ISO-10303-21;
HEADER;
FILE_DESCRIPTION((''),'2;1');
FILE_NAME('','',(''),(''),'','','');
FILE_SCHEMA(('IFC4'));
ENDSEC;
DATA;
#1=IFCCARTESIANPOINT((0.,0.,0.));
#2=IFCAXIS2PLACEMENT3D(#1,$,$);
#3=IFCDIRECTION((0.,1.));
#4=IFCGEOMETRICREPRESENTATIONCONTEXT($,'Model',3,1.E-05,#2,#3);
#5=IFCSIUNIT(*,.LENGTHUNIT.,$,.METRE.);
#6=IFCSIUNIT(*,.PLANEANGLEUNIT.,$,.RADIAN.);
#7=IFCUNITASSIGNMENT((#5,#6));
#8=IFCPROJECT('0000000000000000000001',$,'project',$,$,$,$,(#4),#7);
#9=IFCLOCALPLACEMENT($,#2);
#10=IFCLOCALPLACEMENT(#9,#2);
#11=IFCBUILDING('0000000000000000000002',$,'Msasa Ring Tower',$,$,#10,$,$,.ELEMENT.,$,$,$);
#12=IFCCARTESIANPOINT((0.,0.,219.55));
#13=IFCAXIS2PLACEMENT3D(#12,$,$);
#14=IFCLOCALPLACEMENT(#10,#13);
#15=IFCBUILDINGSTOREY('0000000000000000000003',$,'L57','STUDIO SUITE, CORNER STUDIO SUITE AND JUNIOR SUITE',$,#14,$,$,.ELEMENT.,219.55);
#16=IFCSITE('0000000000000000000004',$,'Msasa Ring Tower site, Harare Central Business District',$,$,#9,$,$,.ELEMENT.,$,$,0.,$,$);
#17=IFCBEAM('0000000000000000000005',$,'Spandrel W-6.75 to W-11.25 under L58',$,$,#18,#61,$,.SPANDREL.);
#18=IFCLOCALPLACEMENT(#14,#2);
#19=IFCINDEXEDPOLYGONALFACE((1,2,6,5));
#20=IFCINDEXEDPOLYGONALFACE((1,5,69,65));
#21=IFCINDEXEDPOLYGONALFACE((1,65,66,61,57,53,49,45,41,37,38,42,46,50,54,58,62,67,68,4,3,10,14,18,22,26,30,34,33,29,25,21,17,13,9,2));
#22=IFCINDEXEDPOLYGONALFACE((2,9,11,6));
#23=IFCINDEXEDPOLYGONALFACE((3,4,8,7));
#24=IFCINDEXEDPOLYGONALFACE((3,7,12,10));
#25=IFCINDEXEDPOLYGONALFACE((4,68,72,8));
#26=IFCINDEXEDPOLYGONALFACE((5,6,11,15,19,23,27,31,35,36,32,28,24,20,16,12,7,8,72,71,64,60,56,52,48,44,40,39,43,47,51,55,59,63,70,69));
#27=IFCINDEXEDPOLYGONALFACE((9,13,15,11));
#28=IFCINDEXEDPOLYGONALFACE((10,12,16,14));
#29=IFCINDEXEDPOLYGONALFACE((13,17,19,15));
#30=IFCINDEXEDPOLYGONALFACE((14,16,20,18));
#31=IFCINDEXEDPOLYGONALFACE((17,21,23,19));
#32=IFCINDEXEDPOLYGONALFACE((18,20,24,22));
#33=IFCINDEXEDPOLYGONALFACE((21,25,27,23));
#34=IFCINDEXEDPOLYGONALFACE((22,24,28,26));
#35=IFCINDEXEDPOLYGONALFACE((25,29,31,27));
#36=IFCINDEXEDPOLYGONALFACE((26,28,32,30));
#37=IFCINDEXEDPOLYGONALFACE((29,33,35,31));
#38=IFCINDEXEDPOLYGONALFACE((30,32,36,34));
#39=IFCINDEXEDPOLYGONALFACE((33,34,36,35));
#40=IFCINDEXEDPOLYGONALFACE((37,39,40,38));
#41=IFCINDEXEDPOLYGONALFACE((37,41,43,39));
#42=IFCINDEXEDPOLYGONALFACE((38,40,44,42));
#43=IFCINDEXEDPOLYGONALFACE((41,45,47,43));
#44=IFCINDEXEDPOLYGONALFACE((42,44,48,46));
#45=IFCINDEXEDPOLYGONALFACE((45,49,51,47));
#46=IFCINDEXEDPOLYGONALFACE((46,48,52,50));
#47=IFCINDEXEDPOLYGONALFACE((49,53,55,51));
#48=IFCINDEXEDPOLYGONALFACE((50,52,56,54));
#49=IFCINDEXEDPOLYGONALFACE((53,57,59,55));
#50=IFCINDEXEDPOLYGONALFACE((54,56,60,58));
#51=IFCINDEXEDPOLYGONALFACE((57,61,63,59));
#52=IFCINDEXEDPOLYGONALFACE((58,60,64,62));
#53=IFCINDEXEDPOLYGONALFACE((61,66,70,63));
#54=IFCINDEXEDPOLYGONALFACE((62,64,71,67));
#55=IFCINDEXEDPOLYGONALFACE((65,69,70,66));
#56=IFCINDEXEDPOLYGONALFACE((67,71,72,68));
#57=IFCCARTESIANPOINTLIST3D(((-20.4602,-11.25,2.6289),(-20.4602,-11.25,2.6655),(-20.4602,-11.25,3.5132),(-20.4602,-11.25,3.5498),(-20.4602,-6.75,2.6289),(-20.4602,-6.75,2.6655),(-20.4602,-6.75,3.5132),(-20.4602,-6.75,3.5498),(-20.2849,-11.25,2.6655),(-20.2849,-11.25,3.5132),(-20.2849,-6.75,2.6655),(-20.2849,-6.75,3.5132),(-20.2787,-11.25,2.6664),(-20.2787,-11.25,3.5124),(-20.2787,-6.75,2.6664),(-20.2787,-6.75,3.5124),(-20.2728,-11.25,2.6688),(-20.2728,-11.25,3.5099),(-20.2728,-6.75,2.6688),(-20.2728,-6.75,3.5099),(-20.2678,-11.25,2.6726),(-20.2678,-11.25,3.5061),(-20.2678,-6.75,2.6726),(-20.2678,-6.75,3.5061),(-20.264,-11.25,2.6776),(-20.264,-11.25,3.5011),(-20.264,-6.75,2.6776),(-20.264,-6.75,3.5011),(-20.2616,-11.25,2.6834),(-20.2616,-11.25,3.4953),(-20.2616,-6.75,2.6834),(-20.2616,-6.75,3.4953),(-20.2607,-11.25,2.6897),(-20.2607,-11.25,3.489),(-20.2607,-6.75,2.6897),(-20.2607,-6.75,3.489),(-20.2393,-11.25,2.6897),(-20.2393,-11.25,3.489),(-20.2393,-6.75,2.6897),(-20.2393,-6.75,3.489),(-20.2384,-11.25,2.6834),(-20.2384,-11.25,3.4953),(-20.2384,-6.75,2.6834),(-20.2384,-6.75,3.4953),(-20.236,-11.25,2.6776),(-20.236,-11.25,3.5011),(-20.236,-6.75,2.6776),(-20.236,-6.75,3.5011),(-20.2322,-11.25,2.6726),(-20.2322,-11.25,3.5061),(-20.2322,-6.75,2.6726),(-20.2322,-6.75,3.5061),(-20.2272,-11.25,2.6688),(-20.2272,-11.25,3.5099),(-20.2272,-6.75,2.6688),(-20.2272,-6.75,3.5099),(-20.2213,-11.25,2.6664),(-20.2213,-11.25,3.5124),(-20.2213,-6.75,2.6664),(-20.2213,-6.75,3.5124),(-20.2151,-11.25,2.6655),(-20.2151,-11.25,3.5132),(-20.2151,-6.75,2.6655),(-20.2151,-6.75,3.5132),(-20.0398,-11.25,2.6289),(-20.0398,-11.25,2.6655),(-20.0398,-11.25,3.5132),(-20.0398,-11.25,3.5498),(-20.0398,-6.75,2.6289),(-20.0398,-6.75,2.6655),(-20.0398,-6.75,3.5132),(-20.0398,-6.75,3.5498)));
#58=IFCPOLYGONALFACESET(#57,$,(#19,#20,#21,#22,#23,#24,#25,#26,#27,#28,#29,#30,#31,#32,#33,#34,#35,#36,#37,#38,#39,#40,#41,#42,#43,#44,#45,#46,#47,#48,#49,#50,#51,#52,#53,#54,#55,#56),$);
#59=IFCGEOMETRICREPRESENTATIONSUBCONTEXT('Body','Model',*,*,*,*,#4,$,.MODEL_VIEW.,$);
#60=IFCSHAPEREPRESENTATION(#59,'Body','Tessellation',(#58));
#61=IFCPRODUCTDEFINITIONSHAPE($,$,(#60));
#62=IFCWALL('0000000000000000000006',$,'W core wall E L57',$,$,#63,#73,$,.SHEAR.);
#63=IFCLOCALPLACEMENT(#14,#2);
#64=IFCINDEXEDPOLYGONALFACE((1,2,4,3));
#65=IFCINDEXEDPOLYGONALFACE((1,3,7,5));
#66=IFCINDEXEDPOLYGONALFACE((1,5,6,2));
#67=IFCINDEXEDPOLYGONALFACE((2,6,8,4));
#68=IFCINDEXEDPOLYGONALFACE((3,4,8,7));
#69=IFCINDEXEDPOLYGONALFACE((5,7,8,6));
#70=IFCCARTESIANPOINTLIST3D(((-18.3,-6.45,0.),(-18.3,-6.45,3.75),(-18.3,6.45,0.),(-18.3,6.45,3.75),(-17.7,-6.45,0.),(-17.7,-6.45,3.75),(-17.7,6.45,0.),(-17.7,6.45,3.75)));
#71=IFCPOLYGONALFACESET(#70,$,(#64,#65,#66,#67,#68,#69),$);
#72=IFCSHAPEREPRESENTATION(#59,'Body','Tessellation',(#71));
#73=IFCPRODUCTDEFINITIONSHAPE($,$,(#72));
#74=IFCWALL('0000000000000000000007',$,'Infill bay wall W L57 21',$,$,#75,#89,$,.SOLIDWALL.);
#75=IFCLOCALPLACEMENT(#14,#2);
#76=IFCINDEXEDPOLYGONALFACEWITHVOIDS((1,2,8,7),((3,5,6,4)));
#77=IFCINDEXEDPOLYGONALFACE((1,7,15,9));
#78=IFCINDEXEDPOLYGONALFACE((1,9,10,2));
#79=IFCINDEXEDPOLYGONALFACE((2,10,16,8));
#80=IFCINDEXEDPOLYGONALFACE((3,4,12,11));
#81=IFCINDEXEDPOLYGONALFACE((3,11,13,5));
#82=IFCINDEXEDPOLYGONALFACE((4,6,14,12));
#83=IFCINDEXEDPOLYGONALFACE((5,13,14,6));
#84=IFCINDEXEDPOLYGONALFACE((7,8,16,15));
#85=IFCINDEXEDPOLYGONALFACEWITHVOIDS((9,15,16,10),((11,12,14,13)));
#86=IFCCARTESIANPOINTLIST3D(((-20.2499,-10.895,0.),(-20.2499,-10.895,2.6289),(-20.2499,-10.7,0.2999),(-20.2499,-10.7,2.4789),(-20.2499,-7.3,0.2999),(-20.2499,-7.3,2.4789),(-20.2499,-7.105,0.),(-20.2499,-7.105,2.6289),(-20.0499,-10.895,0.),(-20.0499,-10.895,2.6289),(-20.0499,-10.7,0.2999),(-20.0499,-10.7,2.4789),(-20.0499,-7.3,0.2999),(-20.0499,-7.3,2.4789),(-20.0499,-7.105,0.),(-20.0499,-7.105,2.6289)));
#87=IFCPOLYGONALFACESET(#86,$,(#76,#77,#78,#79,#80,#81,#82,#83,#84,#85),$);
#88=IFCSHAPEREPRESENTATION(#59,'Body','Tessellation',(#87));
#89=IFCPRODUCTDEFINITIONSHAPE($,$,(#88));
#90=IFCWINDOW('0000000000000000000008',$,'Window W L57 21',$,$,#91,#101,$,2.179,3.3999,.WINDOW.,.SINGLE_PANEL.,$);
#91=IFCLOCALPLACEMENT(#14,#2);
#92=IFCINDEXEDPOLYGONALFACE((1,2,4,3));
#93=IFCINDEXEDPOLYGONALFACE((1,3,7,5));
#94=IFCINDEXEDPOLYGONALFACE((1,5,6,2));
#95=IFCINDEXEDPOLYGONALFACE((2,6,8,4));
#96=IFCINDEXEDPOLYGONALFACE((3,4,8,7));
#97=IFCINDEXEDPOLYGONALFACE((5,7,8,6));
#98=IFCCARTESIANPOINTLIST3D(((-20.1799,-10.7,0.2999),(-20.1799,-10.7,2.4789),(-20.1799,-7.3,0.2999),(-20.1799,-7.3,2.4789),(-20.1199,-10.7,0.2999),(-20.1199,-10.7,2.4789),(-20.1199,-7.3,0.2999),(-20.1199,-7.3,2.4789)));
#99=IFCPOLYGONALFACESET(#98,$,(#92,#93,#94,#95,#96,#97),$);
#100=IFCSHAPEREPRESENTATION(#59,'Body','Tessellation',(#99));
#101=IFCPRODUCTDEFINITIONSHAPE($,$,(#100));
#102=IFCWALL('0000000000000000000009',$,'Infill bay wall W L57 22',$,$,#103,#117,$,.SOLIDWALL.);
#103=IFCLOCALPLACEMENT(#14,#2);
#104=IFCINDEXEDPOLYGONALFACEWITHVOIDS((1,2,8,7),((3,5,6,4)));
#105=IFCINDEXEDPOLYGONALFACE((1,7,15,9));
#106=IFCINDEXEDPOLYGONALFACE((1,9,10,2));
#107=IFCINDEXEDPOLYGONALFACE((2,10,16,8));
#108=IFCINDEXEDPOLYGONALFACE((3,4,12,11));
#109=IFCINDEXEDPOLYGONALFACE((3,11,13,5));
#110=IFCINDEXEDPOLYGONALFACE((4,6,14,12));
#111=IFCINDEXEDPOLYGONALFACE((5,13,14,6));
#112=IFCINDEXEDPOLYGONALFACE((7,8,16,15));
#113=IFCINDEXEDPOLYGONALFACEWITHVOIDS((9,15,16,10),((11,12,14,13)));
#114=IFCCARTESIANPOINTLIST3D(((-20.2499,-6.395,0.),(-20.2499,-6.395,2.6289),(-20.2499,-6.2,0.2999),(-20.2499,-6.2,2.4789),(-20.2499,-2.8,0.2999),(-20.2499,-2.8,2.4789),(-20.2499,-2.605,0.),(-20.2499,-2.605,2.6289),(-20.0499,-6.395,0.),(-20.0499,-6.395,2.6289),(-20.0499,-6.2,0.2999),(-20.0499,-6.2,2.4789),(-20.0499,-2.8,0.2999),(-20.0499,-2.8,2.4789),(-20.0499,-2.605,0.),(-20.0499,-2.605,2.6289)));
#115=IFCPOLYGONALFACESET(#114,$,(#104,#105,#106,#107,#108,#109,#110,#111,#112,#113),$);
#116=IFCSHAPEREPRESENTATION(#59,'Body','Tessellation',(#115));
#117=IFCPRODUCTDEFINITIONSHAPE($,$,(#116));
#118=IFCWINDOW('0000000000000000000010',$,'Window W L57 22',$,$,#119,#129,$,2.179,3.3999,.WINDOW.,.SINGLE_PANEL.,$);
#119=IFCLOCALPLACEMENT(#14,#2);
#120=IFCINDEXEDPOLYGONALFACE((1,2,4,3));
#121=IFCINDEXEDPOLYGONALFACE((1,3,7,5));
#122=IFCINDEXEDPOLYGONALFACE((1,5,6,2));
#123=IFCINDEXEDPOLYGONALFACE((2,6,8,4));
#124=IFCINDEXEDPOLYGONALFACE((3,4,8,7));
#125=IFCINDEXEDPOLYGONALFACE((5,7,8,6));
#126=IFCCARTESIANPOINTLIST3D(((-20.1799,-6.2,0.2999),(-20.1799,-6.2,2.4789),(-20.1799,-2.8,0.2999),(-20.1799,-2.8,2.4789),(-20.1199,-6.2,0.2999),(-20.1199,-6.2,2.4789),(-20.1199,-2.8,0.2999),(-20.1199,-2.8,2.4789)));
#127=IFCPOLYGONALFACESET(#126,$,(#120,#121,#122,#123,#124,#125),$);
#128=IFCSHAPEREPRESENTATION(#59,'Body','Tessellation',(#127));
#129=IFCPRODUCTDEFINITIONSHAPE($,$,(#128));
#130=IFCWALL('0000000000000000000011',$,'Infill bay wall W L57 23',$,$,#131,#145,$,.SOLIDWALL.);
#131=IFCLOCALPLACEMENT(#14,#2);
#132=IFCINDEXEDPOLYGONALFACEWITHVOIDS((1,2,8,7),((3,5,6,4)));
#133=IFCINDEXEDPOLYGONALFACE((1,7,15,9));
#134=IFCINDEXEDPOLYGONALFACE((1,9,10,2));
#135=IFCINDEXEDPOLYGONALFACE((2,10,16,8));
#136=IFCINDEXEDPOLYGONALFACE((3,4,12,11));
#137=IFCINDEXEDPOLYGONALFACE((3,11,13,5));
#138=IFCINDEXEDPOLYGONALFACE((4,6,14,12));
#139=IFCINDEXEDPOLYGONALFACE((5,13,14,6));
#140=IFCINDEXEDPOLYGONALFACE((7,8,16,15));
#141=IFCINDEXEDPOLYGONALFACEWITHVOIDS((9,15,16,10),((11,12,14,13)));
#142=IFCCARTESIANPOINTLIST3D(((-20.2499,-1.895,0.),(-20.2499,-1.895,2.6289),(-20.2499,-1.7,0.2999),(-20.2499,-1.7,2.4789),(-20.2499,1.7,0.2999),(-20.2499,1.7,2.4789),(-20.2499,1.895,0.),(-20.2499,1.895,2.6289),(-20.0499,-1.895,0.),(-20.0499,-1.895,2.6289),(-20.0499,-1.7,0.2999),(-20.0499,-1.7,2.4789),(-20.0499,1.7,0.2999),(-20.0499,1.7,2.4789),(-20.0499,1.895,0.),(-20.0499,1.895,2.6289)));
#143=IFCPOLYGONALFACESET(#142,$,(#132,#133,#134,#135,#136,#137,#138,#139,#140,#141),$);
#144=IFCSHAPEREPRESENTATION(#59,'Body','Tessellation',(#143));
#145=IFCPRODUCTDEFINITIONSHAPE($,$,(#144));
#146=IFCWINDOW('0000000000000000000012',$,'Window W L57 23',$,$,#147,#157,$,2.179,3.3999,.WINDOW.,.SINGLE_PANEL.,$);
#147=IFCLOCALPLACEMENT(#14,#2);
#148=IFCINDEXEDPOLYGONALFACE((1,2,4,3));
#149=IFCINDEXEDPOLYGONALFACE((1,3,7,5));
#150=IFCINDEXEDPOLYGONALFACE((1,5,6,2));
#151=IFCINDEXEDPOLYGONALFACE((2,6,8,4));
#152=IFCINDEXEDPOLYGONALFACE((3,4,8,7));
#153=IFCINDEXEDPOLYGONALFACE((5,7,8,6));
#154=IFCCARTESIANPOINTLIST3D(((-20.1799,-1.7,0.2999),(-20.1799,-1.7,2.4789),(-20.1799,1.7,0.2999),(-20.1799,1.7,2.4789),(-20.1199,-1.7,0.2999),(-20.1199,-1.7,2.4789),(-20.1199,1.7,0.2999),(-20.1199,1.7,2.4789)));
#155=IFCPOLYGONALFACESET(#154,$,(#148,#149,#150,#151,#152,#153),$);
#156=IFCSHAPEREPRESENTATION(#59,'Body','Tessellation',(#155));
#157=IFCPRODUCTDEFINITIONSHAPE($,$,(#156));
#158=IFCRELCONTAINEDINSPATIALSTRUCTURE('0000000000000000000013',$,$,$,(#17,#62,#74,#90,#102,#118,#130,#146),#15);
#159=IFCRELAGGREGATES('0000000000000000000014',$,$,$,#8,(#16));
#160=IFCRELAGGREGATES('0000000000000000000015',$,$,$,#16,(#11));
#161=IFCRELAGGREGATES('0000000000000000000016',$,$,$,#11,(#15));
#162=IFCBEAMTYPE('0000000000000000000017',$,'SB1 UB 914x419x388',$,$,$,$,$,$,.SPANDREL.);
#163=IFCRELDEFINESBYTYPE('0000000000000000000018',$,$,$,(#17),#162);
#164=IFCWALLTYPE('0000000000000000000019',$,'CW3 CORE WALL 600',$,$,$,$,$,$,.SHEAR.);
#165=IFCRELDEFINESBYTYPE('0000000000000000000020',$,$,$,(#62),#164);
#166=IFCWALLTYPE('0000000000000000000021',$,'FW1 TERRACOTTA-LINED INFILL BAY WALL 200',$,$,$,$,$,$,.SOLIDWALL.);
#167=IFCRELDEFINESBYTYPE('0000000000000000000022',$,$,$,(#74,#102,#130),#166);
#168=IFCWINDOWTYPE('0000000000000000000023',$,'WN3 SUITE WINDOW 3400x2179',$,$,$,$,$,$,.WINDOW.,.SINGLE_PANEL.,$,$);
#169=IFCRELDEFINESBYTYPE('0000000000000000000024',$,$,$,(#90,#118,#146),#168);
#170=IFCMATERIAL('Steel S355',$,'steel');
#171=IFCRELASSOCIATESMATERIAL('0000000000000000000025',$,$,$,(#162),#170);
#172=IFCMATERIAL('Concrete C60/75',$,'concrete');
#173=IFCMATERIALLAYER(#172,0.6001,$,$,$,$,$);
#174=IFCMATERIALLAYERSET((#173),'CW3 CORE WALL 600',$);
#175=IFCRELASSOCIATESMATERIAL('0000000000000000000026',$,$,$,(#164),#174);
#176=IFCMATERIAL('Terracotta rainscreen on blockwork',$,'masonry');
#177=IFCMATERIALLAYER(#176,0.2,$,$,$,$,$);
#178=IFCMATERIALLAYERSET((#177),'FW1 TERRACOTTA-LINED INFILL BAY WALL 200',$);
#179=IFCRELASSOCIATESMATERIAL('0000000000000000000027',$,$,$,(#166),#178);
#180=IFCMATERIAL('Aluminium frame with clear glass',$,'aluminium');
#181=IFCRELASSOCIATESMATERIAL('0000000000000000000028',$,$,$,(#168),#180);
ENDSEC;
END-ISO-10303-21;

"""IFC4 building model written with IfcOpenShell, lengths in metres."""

from ifc_helpers import new_model, si_unit, direction, frame, frame_2d, origin, origin_2d, place, context, subcontext, project, spatial, rectangle, i_section, extrude, material, layer, layer_set, material_profile, profile_set, type_object, element, fill, save


model = new_model("IFC4")

# Units and contexts
model_context = context("Model", 3, precision=1e-05, world=origin(), true_north=direction((0.0, 1.0)))
body_context = subcontext(model_context, "Body", "Model", "MODEL_VIEW")
ifc_project = project(units=[si_unit("LENGTHUNIT", "METRE"), si_unit("PLANEANGLEUNIT", "RADIAN")], contexts=[model_context])

# Site, building, storey
site_placement = place(None, origin())
site = spatial("IfcSite", under=ifc_project, at=site_placement, Name="Msasa Ring Tower site, Harare Central Business District", CompositionType="ELEMENT", RefElevation=0.0)
building_placement = place(site_placement, origin())
building = spatial("IfcBuilding", under=site, at=building_placement, Name="Msasa Ring Tower", CompositionType="ELEMENT")
storey_placement = place(building_placement, frame((0.0, 0.0, 219.55)))
storey = spatial("IfcBuildingStorey", under=building, at=storey_placement, Name="L57", Description="STUDIO SUITE, CORNER STUDIO SUITE AND JUNIOR SUITE", CompositionType="ELEMENT", Elevation=219.55)

# Beam
ifc_material_1 = material(Name="Steel S355", Category="steel")
ifc_material_profile_1 = material_profile(ifc_material_1, i_section(OverallWidth=0.4204, OverallDepth=0.9209, WebThickness=0.0215, FlangeThickness=0.0366, FilletRadius=0.0242, at=origin_2d()), Name="UB 914x419x388")
ifc_profile_set_1 = profile_set([ifc_material_profile_1], Name="Steel S355")
beam_type_1 = type_object("IfcBeamType", Name="SB1 UB 914x419x388", PredefinedType="SPANDREL", material=ifc_profile_set_1)
for number, where, z_axis, x_axis, name in (
    (1, (-20.25, -6.75, 3.0894), (0.0, -1.0, 0.0), (1.0, 0.0, 0.0), "Spandrel W-6.75 to W-11.25 under L58"),
):
    element("IfcBeam", number, at=place(storey_placement, frame(where, z_axis=z_axis, x_axis=x_axis)), inside=storey, type_object=beam_type_1, Name=name, PredefinedType="SPANDREL", context=body_context, shape_type="SweptSolid", body=[
        extrude(i_section(OverallWidth=0.4204, OverallDepth=0.9209, WebThickness=0.0215, FlangeThickness=0.0366, FilletRadius=0.0242, at=origin_2d()), origin(), (0.0, 0.0, 1.0), 4.5),
    ])

# Wall
ifc_material_2 = material(Name="Concrete C60/75", Category="concrete")
ifc_layer_1 = layer(ifc_material_2, 0.6001)
ifc_layer_set_1 = layer_set([ifc_layer_1], Name="CW3 CORE WALL 600")
wall_type_1 = type_object("IfcWallType", Name="CW3 CORE WALL 600", PredefinedType="SHEAR", material=ifc_layer_set_1)
wall_1_placement = place(storey_placement, frame((-18.0, -6.45, 0.0), z_axis=(0.0, 0.0, 1.0), x_axis=(0.0, 1.0, 0.0)))
element("IfcWall", 2, at=wall_1_placement, inside=storey, type_object=wall_type_1, Name="W core wall E L57", PredefinedType="SHEAR", context=body_context, shape_type="SweptSolid", body=[
    extrude(rectangle(XDim=12.8999, YDim=0.6001, at=frame_2d((6.45, 0.0))), origin(), (0.0, 0.0, 1.0), 3.75),
])

# Walls, openings, windows
ifc_material_3 = material(Name="Terracotta rainscreen on blockwork", Category="masonry")
ifc_layer_2 = layer(ifc_material_3, 0.2)
ifc_layer_set_2 = layer_set([ifc_layer_2], Name="FW1 TERRACOTTA-LINED INFILL BAY WALL 200")
wall_type_2 = type_object("IfcWallType", Name="FW1 TERRACOTTA-LINED INFILL BAY WALL 200", PredefinedType="SOLIDWALL", material=ifc_layer_set_2)
wall_2_placement = place(storey_placement, frame((-20.1499, -10.895, 0.0), z_axis=(0.0, 0.0, 1.0), x_axis=(0.0, 1.0, 0.0)))
wall_2 = element("IfcWall", 3, at=wall_2_placement, inside=storey, type_object=wall_type_2, Name="Infill bay wall W L57 21", PredefinedType="SOLIDWALL", context=body_context, shape_type="SweptSolid", body=[
    extrude(rectangle(XDim=3.79, YDim=0.2, at=frame_2d((1.895, 0.0))), origin(), (0.0, 0.0, 1.0), 2.6289),
])
opening_1_placement = place(wall_2_placement, frame((0.1951, 0.0, 0.3)))
opening_1 = element("IfcOpeningElement", 4, at=opening_1_placement, cuts=wall_2, PredefinedType="OPENING", context=body_context, shape_type="SweptSolid", body=[
    extrude(rectangle(XDim=3.3999, YDim=2.179, at=frame_2d((1.7, 1.0894))), frame((0.0, 0.1099, 0.0), z_axis=(0.0, -1.0, 0.0), x_axis=(1.0, 0.0, 0.0)), (0.0, 0.0, 1.0), 0.22),
])
ifc_material_4 = material(Name="Aluminium frame with clear glass", Category="aluminium")
window_type = type_object("IfcWindowType", Name="WN3 SUITE WINDOW 3400x2179", PartitioningType="SINGLE_PANEL", PredefinedType="WINDOW", material=ifc_material_4)
window_1_placement = place(opening_1_placement, origin())
window_1 = element("IfcWindow", 5, at=window_1_placement, inside=storey, type_object=window_type, Name="Window W L57 21", OverallHeight=2.179, OverallWidth=3.3999, PartitioningType="SINGLE_PANEL", PredefinedType="WINDOW", context=body_context, shape_type="SweptSolid", body=[
    extrude(rectangle(XDim=3.3999, YDim=2.179, at=frame_2d((1.7, 1.0894))), frame((0.0, 0.03, 0.0), z_axis=(0.0, -1.0, 0.0), x_axis=(1.0, 0.0, 0.0)), (0.0, 0.0, 1.0), 0.0601),
])
fill(opening_1, window_1)
wall_3_placement = place(storey_placement, frame((-20.1499, -6.395, 0.0), z_axis=(0.0, 0.0, 1.0), x_axis=(0.0, 1.0, 0.0)))
wall_3 = element("IfcWall", 6, at=wall_3_placement, inside=storey, type_object=wall_type_2, Name="Infill bay wall W L57 22", PredefinedType="SOLIDWALL", context=body_context, shape_type="SweptSolid", body=[
    extrude(rectangle(XDim=3.79, YDim=0.2, at=frame_2d((1.895, 0.0))), origin(), (0.0, 0.0, 1.0), 2.6289),
])
opening_2_placement = place(wall_3_placement, frame((0.1951, 0.0, 0.3)))
opening_2 = element("IfcOpeningElement", 7, at=opening_2_placement, cuts=wall_3, PredefinedType="OPENING", context=body_context, shape_type="SweptSolid", body=[
    extrude(rectangle(XDim=3.3999, YDim=2.179, at=frame_2d((1.7, 1.0894))), frame((0.0, 0.1099, 0.0), z_axis=(0.0, -1.0, 0.0), x_axis=(1.0, 0.0, 0.0)), (0.0, 0.0, 1.0), 0.22),
])
window_2_placement = place(opening_2_placement, origin())
window_2 = element("IfcWindow", 8, at=window_2_placement, inside=storey, type_object=window_type, Name="Window W L57 22", OverallHeight=2.179, OverallWidth=3.3999, PartitioningType="SINGLE_PANEL", PredefinedType="WINDOW", context=body_context, shape_type="SweptSolid", body=[
    extrude(rectangle(XDim=3.3999, YDim=2.179, at=frame_2d((1.7, 1.0894))), frame((0.0, 0.03, 0.0), z_axis=(0.0, -1.0, 0.0), x_axis=(1.0, 0.0, 0.0)), (0.0, 0.0, 1.0), 0.0601),
])
fill(opening_2, window_2)
wall_4_placement = place(storey_placement, frame((-20.1499, -1.895, 0.0), z_axis=(0.0, 0.0, 1.0), x_axis=(0.0, 1.0, 0.0)))
wall_4 = element("IfcWall", 9, at=wall_4_placement, inside=storey, type_object=wall_type_2, Name="Infill bay wall W L57 23", PredefinedType="SOLIDWALL", context=body_context, shape_type="SweptSolid", body=[
    extrude(rectangle(XDim=3.79, YDim=0.2, at=frame_2d((1.895, 0.0))), origin(), (0.0, 0.0, 1.0), 2.6289),
])
opening_3_placement = place(wall_4_placement, frame((0.1951, 0.0, 0.3)))
opening_3 = element("IfcOpeningElement", 10, at=opening_3_placement, cuts=wall_4, PredefinedType="OPENING", context=body_context, shape_type="SweptSolid", body=[
    extrude(rectangle(XDim=3.3999, YDim=2.179, at=frame_2d((1.7, 1.0894))), frame((0.0, 0.1099, 0.0), z_axis=(0.0, -1.0, 0.0), x_axis=(1.0, 0.0, 0.0)), (0.0, 0.0, 1.0), 0.22),
])
window_3_placement = place(opening_3_placement, origin())
window_3 = element("IfcWindow", 11, at=window_3_placement, inside=storey, type_object=window_type, Name="Window W L57 23", OverallHeight=2.179, OverallWidth=3.3999, PartitioningType="SINGLE_PANEL", PredefinedType="WINDOW", context=body_context, shape_type="SweptSolid", body=[
    extrude(rectangle(XDim=3.3999, YDim=2.179, at=frame_2d((1.7, 1.0894))), frame((0.0, 0.03, 0.0), z_axis=(0.0, -1.0, 0.0), x_axis=(1.0, 0.0, 0.0)), (0.0, 0.0, 1.0), 0.0601),
])
fill(opening_3, window_3)

save(model, "model.ifc")
